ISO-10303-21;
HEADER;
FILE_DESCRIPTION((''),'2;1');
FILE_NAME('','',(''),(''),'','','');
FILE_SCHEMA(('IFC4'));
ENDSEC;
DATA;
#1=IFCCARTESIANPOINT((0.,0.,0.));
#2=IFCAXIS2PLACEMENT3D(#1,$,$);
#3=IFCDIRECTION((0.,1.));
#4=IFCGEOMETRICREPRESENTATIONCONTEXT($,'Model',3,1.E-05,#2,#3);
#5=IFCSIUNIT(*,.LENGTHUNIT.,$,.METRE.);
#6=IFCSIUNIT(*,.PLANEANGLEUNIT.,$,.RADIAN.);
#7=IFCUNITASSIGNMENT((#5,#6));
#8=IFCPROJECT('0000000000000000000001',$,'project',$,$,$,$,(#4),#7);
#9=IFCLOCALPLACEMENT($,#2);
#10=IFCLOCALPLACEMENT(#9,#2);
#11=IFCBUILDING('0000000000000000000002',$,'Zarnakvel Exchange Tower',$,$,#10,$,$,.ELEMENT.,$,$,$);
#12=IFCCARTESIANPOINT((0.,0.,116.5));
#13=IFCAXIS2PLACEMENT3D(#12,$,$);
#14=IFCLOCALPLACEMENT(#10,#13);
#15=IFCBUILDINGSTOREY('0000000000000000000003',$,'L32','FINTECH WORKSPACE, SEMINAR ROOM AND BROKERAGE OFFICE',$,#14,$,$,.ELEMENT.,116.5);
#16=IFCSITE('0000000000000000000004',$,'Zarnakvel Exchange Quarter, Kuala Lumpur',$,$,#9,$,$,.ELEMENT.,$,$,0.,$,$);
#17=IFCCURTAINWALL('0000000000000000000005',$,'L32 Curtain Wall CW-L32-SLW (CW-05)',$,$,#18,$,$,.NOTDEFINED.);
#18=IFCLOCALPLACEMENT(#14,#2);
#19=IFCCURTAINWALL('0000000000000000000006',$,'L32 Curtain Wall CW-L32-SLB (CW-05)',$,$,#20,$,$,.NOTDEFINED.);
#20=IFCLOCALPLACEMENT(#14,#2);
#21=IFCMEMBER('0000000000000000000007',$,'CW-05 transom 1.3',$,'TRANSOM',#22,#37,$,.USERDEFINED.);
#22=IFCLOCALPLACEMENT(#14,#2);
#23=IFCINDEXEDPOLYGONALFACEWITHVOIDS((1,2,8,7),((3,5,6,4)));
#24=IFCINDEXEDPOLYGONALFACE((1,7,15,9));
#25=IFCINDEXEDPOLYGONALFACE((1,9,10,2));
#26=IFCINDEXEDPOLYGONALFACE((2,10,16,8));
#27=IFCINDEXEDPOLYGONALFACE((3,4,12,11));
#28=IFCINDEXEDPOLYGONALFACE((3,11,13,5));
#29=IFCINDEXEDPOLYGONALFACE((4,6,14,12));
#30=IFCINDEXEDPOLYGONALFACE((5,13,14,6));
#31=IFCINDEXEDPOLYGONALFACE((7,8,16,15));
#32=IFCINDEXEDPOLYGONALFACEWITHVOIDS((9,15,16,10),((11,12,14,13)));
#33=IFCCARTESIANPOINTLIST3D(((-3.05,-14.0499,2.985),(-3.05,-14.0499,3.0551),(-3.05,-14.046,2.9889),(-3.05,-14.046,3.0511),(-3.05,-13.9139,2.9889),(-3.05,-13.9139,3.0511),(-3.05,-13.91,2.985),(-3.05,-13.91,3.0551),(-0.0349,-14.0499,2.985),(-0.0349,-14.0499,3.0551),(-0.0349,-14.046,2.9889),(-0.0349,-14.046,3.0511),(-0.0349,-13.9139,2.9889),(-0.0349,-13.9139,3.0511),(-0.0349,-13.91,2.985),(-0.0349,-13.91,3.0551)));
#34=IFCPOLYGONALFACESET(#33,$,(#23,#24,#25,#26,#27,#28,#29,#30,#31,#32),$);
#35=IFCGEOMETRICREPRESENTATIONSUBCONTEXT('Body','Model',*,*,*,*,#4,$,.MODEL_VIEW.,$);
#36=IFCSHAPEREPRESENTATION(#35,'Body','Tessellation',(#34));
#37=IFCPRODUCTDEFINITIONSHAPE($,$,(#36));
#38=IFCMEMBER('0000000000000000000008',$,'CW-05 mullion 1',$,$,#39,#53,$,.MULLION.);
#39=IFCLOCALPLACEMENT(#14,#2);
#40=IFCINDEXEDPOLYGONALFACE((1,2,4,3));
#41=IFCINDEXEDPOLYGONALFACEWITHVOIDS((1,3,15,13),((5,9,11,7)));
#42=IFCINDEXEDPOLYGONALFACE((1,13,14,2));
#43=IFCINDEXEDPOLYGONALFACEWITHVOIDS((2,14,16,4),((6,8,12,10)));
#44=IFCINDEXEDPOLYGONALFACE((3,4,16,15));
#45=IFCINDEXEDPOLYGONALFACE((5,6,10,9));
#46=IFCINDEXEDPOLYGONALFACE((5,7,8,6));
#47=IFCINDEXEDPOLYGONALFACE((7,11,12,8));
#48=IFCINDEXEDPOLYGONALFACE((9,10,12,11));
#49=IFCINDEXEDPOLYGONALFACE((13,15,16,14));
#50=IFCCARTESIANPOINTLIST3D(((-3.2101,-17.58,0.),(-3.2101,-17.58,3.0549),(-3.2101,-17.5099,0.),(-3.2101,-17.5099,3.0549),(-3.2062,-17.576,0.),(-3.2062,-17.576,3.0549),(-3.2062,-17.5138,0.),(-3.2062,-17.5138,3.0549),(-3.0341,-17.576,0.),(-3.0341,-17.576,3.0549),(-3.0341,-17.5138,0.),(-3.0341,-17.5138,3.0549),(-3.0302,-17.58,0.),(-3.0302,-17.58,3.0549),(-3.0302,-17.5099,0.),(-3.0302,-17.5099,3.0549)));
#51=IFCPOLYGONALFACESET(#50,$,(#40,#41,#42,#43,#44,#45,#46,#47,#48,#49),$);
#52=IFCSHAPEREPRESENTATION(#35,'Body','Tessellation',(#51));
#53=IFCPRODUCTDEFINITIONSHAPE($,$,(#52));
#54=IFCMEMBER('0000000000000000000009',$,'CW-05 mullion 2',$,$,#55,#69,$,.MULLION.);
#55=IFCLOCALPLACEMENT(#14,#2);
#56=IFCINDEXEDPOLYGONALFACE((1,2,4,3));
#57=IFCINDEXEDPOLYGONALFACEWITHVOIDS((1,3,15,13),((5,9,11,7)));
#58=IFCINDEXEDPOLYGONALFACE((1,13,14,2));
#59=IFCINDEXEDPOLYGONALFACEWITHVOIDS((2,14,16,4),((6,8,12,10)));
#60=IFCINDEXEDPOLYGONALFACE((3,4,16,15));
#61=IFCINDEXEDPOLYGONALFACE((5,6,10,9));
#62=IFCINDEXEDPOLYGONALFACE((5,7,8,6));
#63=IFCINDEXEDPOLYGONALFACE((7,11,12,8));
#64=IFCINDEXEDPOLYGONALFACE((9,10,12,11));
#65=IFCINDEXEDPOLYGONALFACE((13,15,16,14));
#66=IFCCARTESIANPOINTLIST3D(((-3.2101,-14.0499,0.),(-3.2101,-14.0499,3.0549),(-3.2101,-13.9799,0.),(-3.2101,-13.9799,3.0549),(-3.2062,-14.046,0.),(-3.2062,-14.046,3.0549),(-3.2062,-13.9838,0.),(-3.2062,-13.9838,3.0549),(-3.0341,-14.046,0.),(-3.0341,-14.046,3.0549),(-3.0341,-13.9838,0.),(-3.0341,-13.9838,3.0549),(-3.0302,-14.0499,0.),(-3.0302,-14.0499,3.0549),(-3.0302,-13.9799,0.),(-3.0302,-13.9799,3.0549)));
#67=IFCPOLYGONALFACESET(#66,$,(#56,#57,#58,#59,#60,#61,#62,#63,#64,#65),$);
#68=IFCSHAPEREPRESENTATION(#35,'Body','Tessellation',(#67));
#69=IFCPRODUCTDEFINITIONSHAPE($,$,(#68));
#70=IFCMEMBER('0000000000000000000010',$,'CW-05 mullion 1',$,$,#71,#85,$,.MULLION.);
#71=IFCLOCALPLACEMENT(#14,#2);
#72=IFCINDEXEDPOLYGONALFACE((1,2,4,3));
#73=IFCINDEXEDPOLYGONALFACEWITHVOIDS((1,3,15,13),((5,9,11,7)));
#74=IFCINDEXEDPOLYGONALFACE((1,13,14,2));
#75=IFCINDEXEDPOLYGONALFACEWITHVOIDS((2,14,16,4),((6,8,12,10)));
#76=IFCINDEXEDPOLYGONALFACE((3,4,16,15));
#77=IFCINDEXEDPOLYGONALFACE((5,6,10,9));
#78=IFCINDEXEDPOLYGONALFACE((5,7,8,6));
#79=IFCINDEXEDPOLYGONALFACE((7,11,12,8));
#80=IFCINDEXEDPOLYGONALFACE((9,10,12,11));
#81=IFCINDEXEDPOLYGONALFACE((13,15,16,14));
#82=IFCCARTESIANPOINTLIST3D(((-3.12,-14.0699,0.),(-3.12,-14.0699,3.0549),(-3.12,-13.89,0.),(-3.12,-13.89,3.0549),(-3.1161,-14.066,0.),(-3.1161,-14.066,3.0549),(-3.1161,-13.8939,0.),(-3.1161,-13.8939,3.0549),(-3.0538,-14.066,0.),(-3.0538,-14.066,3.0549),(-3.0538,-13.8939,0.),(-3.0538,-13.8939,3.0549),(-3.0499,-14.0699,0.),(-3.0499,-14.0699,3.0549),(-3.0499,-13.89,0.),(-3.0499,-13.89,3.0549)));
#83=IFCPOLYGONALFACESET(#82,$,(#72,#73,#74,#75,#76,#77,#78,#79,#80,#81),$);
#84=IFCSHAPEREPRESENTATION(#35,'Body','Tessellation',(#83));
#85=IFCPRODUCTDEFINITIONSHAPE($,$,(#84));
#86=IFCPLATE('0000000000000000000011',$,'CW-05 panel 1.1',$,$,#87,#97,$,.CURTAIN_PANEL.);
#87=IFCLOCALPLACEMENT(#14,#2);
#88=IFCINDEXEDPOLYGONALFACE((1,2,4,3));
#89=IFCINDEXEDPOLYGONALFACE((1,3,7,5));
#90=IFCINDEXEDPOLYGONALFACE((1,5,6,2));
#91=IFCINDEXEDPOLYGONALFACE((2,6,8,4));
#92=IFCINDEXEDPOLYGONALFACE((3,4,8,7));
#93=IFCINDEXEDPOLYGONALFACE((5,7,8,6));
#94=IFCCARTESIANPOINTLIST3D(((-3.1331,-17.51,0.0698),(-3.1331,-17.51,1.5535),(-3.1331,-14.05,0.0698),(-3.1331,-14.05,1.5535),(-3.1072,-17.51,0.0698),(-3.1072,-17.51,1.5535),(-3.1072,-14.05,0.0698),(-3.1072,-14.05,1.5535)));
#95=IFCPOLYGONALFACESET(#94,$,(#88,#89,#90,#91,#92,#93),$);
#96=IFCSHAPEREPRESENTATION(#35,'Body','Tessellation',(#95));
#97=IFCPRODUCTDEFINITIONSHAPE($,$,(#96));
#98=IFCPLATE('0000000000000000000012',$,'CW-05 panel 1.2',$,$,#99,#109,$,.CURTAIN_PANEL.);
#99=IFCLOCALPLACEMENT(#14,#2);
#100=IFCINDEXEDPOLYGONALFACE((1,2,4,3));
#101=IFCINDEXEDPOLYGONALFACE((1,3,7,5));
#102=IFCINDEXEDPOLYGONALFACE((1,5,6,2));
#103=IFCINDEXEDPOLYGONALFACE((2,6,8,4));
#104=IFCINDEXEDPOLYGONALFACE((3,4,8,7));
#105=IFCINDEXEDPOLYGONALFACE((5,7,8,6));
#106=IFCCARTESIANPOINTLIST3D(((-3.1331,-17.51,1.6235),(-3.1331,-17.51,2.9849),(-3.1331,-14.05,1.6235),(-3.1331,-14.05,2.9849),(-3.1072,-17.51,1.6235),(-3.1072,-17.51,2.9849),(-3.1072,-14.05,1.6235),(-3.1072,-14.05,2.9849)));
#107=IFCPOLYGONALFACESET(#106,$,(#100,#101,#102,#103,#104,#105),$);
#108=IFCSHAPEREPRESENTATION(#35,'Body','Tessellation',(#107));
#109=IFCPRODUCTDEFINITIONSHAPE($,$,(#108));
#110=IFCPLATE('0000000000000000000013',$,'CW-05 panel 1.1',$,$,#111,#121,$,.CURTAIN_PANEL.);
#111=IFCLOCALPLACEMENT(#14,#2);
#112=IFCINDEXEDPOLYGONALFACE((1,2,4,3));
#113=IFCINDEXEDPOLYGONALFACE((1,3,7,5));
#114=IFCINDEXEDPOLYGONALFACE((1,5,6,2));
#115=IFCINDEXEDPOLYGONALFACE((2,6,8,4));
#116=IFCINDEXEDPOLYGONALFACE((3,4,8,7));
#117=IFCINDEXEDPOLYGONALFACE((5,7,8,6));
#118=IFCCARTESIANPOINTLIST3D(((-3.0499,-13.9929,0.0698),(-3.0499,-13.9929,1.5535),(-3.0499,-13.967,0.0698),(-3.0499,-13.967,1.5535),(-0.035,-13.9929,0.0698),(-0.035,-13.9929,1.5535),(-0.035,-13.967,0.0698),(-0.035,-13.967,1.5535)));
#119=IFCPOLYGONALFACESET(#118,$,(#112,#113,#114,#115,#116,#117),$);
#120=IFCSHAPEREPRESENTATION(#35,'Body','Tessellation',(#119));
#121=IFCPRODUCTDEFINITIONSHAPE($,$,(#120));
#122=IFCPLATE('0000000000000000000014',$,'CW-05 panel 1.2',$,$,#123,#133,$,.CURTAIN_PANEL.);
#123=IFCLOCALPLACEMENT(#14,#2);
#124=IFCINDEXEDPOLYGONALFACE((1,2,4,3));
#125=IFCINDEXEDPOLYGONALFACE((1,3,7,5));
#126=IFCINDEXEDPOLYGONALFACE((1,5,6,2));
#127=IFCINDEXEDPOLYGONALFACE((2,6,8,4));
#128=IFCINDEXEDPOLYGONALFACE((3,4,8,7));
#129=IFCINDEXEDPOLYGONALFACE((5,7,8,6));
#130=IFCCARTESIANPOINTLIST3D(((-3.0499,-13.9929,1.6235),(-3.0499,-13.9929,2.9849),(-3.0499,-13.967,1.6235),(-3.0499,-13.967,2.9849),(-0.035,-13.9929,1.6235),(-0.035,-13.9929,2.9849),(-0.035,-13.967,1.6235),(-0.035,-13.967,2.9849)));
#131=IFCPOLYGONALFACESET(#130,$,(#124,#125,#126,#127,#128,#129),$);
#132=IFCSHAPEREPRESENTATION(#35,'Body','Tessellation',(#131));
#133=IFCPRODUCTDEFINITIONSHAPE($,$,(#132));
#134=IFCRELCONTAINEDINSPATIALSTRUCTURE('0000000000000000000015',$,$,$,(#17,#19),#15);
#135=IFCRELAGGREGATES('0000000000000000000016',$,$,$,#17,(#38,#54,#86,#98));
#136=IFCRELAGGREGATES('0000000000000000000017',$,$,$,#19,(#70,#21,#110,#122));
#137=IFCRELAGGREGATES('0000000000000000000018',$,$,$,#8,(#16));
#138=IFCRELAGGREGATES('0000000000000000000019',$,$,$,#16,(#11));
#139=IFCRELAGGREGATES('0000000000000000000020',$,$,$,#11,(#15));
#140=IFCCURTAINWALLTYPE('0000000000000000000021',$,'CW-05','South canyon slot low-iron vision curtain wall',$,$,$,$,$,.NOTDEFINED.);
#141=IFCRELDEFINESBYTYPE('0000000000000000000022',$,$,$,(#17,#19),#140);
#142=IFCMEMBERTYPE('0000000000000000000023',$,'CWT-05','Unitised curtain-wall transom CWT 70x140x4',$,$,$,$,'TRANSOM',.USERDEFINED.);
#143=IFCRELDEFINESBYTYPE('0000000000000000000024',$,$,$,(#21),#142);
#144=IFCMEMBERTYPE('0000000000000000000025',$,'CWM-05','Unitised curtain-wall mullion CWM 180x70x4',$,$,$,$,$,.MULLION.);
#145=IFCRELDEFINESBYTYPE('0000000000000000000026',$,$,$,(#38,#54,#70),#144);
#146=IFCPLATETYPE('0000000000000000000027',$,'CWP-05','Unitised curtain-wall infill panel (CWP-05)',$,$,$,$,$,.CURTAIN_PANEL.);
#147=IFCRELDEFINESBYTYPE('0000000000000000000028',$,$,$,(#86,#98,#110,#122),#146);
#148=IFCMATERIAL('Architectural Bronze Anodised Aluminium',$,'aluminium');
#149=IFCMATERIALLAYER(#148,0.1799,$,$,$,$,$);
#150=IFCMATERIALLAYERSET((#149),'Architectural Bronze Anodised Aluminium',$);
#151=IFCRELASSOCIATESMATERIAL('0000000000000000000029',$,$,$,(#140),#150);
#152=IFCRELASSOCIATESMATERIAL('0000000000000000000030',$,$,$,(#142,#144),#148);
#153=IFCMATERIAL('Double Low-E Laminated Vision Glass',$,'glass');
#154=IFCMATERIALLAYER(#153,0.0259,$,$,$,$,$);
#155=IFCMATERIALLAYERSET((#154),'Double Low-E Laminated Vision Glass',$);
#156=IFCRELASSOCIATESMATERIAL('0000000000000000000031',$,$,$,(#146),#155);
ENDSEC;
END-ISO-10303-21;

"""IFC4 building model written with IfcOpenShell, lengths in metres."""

from ifc_helpers import new_model, si_unit, direction, frame, origin, origin_2d, place, context, subcontext, project, spatial, rectangle, hollow_rectangle, extrude, source, transform, mapped, material, layer, layer_set, material_profile, profile_set, type_object, element, aggregate, save


model = new_model("IFC4")

# Units and contexts
model_context = context("Model", 3, precision=1e-05, world=origin(), true_north=direction((0.0, 1.0)))
body_context = subcontext(model_context, "Body", "Model", "MODEL_VIEW")
ifc_project = project(units=[si_unit("LENGTHUNIT", "METRE"), si_unit("PLANEANGLEUNIT", "RADIAN")], contexts=[model_context])

# Site, building, storey
site_placement = place(None, origin())
site = spatial("IfcSite", under=ifc_project, at=site_placement, Name="Zarnakvel Exchange Quarter, Kuala Lumpur", CompositionType="ELEMENT", RefElevation=0.0)
building_placement = place(site_placement, origin())
building = spatial("IfcBuilding", under=site, at=building_placement, Name="Zarnakvel Exchange Tower", CompositionType="ELEMENT")
storey_placement = place(building_placement, frame((0.0, 0.0, 116.5)))
storey = spatial("IfcBuildingStorey", under=building, at=storey_placement, Name="L32", Description="FINTECH WORKSPACE, SEMINAR ROOM AND BROKERAGE OFFICE", CompositionType="ELEMENT", Elevation=116.5)

# Curtain walls, member
ifc_material_1 = material(Name="Architectural Bronze Anodised Aluminium", Category="aluminium")
ifc_layer_1 = layer(ifc_material_1, 0.1799)
ifc_layer_set_1 = layer_set([ifc_layer_1], Name="Architectural Bronze Anodised Aluminium")
curtain_wall_type = type_object("IfcCurtainWallType", Name="CW-05", Description="South canyon slot low-iron vision curtain wall", PredefinedType="NOTDEFINED", material=ifc_layer_set_1)
curtain_wall_1_placement = place(storey_placement, origin())
curtain_wall_1 = element("IfcCurtainWall", 1, at=curtain_wall_1_placement, inside=storey, type_object=curtain_wall_type, Name="L32 Curtain Wall CW-L32-SLW (CW-05)", PredefinedType="NOTDEFINED")
ifc_material_profile_1 = material_profile(ifc_material_1, hollow_rectangle(XDim=0.1399, YDim=0.0701, WallThickness=0.0039, at=origin_2d()))
ifc_profile_set_1 = profile_set([ifc_material_profile_1], Name="Architectural Bronze Anodised Aluminium")
member_type_1 = type_object("IfcMemberType", Name="CWT-05", Description="Unitised curtain-wall transom CWT 70x140x4", ElementType="TRANSOM", PredefinedType="USERDEFINED", material=ifc_profile_set_1)
curtain_wall_2_placement = place(storey_placement, origin())
curtain_wall_2 = element("IfcCurtainWall", 2, at=curtain_wall_2_placement, inside=storey, type_object=curtain_wall_type, Name="L32 Curtain Wall CW-L32-SLB (CW-05)", PredefinedType="NOTDEFINED")
shared_shape_1 = source(origin(), body_context, "Body", "SweptSolid", [
    extrude(hollow_rectangle(XDim=0.1399, YDim=0.0701, WallThickness=0.0039, at=origin_2d()), origin(), (0.0, 0.0, 1.0), 3.0151),
])
member_1_placement = place(storey_placement, frame((-3.05, -13.98, 3.02), z_axis=(1.0, 0.0, 0.0), x_axis=(0.0, 1.0, 0.0)))
member_1 = element("IfcMember", 3, at=member_1_placement, type_object=member_type_1, Name="CW-05 transom 1.3", ObjectType="TRANSOM", PredefinedType="USERDEFINED", context=body_context, shape_type="MappedRepresentation", body=[
    mapped(shared_shape_1, transform((0.0, 0.0, 0.0), x_axis=(1.0, 0.0, 0.0), y_axis=(0.0, 1.0, 0.0), z_axis=(0.0, 0.0, 1.0), scale=1.0)),
])

# Members
ifc_material_profile_2 = material_profile(ifc_material_1, hollow_rectangle(XDim=0.1799, YDim=0.0701, WallThickness=0.0039, at=origin_2d()))
ifc_profile_set_2 = profile_set([ifc_material_profile_2], Name="Architectural Bronze Anodised Aluminium")
member_type_2 = type_object("IfcMemberType", Name="CWM-05", Description="Unitised curtain-wall mullion CWM 180x70x4", PredefinedType="MULLION", material=ifc_profile_set_2)
shared_shape_2 = source(origin(), body_context, "Body", "SweptSolid", [
    extrude(hollow_rectangle(XDim=0.1799, YDim=0.0701, WallThickness=0.0039, at=origin_2d()), origin(), (0.0, 0.0, 1.0), 3.0549),
])
member_2_placement = place(storey_placement, frame((-3.1201, -17.5449, 0.0), z_axis=(0.0, 0.0, 1.0), x_axis=(-1.0, 0.0, 0.0)))
member_2 = element("IfcMember", 4, at=member_2_placement, type_object=member_type_2, Name="CW-05 mullion 1", PredefinedType="MULLION", context=body_context, shape_type="MappedRepresentation", body=[
    mapped(shared_shape_2, transform((0.0, 0.0, 0.0), x_axis=(1.0, 0.0, 0.0), y_axis=(0.0, 1.0, 0.0), z_axis=(0.0, 0.0, 1.0), scale=1.0)),
])
member_3_placement = place(storey_placement, frame((-3.1201, -14.0149, 0.0), z_axis=(0.0, 0.0, 1.0), x_axis=(-1.0, 0.0, 0.0)))
member_3 = element("IfcMember", 5, at=member_3_placement, type_object=member_type_2, Name="CW-05 mullion 2", PredefinedType="MULLION", context=body_context, shape_type="MappedRepresentation", body=[
    mapped(shared_shape_2, transform((0.0, 0.0, 0.0), x_axis=(1.0, 0.0, 0.0), y_axis=(0.0, 1.0, 0.0), z_axis=(0.0, 0.0, 1.0), scale=1.0)),
])
member_4_placement = place(storey_placement, frame((-3.085, -13.98, 0.0), z_axis=(0.0, 0.0, 1.0), x_axis=(0.0, 1.0, 0.0)))
member_4 = element("IfcMember", 6, at=member_4_placement, type_object=member_type_2, Name="CW-05 mullion 1", PredefinedType="MULLION", context=body_context, shape_type="MappedRepresentation", body=[
    mapped(shared_shape_2, transform((0.0, 0.0, 0.0), x_axis=(1.0, 0.0, 0.0), y_axis=(0.0, 1.0, 0.0), z_axis=(0.0, 0.0, 1.0), scale=1.0)),
])

# Plates
ifc_material_2 = material(Name="Double Low-E Laminated Vision Glass", Category="glass")
ifc_layer_2 = layer(ifc_material_2, 0.0259)
ifc_layer_set_2 = layer_set([ifc_layer_2], Name="Double Low-E Laminated Vision Glass")
plate_type = type_object("IfcPlateType", Name="CWP-05", Description="Unitised curtain-wall infill panel (CWP-05)", PredefinedType="CURTAIN_PANEL", material=ifc_layer_set_2)
shared_shape_3 = source(origin(), body_context, "Body", "SweptSolid", [
    extrude(rectangle(XDim=3.46, YDim=0.0259, at=origin_2d()), origin(), (0.0, 0.0, 1.0), 1.4836),
])
plate_1_placement = place(storey_placement, frame((-3.1201, -15.78, 0.0698), z_axis=(0.0, 0.0, 1.0), x_axis=(0.0, 1.0, 0.0)))
plate_1 = element("IfcPlate", 7, at=plate_1_placement, type_object=plate_type, Name="CW-05 panel 1.1", PredefinedType="CURTAIN_PANEL", context=body_context, shape_type="MappedRepresentation", body=[
    mapped(shared_shape_3, transform((0.0, 0.0, 0.0), x_axis=(1.0, 0.0, 0.0), y_axis=(0.0, 1.0, 0.0), z_axis=(0.0, 0.0, 1.0), scale=1.0)),
])
shared_shape_4 = source(origin(), body_context, "Body", "SweptSolid", [
    extrude(rectangle(XDim=3.46, YDim=0.0259, at=origin_2d()), origin(), (0.0, 0.0, 1.0), 1.3613),
])
plate_2_placement = place(storey_placement, frame((-3.1201, -15.78, 1.6235), z_axis=(0.0, 0.0, 1.0), x_axis=(0.0, 1.0, 0.0)))
plate_2 = element("IfcPlate", 8, at=plate_2_placement, type_object=plate_type, Name="CW-05 panel 1.2", PredefinedType="CURTAIN_PANEL", context=body_context, shape_type="MappedRepresentation", body=[
    mapped(shared_shape_4, transform((0.0, 0.0, 0.0), x_axis=(1.0, 0.0, 0.0), y_axis=(0.0, 1.0, 0.0), z_axis=(0.0, 0.0, 1.0), scale=1.0)),
])
aggregate(curtain_wall_1, [member_2, member_3, plate_1, plate_2])
shared_shape_5 = source(origin(), body_context, "Body", "SweptSolid", [
    extrude(rectangle(XDim=3.0149, YDim=0.0259, at=origin_2d()), origin(), (0.0, 0.0, 1.0), 1.4836),
])
plate_3_placement = place(storey_placement, frame((-1.5425, -13.98, 0.0698), z_axis=(0.0, 0.0, 1.0), x_axis=(1.0, 0.0, 0.0)))
plate_3 = element("IfcPlate", 9, at=plate_3_placement, type_object=plate_type, Name="CW-05 panel 1.1", PredefinedType="CURTAIN_PANEL", context=body_context, shape_type="MappedRepresentation", body=[
    mapped(shared_shape_5, transform((0.0, 0.0, 0.0), x_axis=(1.0, 0.0, 0.0), y_axis=(0.0, 1.0, 0.0), z_axis=(0.0, 0.0, 1.0), scale=1.0)),
])
shared_shape_6 = source(origin(), body_context, "Body", "SweptSolid", [
    extrude(rectangle(XDim=3.0149, YDim=0.0259, at=origin_2d()), origin(), (0.0, 0.0, 1.0), 1.3613),
])
plate_4_placement = place(storey_placement, frame((-1.5425, -13.98, 1.6235), z_axis=(0.0, 0.0, 1.0), x_axis=(1.0, 0.0, 0.0)))
plate_4 = element("IfcPlate", 10, at=plate_4_placement, type_object=plate_type, Name="CW-05 panel 1.2", PredefinedType="CURTAIN_PANEL", context=body_context, shape_type="MappedRepresentation", body=[
    mapped(shared_shape_6, transform((0.0, 0.0, 0.0), x_axis=(1.0, 0.0, 0.0), y_axis=(0.0, 1.0, 0.0), z_axis=(0.0, 0.0, 1.0), scale=1.0)),
])
aggregate(curtain_wall_2, [member_4, member_1, plate_3, plate_4])

save(model, "model.ifc")
